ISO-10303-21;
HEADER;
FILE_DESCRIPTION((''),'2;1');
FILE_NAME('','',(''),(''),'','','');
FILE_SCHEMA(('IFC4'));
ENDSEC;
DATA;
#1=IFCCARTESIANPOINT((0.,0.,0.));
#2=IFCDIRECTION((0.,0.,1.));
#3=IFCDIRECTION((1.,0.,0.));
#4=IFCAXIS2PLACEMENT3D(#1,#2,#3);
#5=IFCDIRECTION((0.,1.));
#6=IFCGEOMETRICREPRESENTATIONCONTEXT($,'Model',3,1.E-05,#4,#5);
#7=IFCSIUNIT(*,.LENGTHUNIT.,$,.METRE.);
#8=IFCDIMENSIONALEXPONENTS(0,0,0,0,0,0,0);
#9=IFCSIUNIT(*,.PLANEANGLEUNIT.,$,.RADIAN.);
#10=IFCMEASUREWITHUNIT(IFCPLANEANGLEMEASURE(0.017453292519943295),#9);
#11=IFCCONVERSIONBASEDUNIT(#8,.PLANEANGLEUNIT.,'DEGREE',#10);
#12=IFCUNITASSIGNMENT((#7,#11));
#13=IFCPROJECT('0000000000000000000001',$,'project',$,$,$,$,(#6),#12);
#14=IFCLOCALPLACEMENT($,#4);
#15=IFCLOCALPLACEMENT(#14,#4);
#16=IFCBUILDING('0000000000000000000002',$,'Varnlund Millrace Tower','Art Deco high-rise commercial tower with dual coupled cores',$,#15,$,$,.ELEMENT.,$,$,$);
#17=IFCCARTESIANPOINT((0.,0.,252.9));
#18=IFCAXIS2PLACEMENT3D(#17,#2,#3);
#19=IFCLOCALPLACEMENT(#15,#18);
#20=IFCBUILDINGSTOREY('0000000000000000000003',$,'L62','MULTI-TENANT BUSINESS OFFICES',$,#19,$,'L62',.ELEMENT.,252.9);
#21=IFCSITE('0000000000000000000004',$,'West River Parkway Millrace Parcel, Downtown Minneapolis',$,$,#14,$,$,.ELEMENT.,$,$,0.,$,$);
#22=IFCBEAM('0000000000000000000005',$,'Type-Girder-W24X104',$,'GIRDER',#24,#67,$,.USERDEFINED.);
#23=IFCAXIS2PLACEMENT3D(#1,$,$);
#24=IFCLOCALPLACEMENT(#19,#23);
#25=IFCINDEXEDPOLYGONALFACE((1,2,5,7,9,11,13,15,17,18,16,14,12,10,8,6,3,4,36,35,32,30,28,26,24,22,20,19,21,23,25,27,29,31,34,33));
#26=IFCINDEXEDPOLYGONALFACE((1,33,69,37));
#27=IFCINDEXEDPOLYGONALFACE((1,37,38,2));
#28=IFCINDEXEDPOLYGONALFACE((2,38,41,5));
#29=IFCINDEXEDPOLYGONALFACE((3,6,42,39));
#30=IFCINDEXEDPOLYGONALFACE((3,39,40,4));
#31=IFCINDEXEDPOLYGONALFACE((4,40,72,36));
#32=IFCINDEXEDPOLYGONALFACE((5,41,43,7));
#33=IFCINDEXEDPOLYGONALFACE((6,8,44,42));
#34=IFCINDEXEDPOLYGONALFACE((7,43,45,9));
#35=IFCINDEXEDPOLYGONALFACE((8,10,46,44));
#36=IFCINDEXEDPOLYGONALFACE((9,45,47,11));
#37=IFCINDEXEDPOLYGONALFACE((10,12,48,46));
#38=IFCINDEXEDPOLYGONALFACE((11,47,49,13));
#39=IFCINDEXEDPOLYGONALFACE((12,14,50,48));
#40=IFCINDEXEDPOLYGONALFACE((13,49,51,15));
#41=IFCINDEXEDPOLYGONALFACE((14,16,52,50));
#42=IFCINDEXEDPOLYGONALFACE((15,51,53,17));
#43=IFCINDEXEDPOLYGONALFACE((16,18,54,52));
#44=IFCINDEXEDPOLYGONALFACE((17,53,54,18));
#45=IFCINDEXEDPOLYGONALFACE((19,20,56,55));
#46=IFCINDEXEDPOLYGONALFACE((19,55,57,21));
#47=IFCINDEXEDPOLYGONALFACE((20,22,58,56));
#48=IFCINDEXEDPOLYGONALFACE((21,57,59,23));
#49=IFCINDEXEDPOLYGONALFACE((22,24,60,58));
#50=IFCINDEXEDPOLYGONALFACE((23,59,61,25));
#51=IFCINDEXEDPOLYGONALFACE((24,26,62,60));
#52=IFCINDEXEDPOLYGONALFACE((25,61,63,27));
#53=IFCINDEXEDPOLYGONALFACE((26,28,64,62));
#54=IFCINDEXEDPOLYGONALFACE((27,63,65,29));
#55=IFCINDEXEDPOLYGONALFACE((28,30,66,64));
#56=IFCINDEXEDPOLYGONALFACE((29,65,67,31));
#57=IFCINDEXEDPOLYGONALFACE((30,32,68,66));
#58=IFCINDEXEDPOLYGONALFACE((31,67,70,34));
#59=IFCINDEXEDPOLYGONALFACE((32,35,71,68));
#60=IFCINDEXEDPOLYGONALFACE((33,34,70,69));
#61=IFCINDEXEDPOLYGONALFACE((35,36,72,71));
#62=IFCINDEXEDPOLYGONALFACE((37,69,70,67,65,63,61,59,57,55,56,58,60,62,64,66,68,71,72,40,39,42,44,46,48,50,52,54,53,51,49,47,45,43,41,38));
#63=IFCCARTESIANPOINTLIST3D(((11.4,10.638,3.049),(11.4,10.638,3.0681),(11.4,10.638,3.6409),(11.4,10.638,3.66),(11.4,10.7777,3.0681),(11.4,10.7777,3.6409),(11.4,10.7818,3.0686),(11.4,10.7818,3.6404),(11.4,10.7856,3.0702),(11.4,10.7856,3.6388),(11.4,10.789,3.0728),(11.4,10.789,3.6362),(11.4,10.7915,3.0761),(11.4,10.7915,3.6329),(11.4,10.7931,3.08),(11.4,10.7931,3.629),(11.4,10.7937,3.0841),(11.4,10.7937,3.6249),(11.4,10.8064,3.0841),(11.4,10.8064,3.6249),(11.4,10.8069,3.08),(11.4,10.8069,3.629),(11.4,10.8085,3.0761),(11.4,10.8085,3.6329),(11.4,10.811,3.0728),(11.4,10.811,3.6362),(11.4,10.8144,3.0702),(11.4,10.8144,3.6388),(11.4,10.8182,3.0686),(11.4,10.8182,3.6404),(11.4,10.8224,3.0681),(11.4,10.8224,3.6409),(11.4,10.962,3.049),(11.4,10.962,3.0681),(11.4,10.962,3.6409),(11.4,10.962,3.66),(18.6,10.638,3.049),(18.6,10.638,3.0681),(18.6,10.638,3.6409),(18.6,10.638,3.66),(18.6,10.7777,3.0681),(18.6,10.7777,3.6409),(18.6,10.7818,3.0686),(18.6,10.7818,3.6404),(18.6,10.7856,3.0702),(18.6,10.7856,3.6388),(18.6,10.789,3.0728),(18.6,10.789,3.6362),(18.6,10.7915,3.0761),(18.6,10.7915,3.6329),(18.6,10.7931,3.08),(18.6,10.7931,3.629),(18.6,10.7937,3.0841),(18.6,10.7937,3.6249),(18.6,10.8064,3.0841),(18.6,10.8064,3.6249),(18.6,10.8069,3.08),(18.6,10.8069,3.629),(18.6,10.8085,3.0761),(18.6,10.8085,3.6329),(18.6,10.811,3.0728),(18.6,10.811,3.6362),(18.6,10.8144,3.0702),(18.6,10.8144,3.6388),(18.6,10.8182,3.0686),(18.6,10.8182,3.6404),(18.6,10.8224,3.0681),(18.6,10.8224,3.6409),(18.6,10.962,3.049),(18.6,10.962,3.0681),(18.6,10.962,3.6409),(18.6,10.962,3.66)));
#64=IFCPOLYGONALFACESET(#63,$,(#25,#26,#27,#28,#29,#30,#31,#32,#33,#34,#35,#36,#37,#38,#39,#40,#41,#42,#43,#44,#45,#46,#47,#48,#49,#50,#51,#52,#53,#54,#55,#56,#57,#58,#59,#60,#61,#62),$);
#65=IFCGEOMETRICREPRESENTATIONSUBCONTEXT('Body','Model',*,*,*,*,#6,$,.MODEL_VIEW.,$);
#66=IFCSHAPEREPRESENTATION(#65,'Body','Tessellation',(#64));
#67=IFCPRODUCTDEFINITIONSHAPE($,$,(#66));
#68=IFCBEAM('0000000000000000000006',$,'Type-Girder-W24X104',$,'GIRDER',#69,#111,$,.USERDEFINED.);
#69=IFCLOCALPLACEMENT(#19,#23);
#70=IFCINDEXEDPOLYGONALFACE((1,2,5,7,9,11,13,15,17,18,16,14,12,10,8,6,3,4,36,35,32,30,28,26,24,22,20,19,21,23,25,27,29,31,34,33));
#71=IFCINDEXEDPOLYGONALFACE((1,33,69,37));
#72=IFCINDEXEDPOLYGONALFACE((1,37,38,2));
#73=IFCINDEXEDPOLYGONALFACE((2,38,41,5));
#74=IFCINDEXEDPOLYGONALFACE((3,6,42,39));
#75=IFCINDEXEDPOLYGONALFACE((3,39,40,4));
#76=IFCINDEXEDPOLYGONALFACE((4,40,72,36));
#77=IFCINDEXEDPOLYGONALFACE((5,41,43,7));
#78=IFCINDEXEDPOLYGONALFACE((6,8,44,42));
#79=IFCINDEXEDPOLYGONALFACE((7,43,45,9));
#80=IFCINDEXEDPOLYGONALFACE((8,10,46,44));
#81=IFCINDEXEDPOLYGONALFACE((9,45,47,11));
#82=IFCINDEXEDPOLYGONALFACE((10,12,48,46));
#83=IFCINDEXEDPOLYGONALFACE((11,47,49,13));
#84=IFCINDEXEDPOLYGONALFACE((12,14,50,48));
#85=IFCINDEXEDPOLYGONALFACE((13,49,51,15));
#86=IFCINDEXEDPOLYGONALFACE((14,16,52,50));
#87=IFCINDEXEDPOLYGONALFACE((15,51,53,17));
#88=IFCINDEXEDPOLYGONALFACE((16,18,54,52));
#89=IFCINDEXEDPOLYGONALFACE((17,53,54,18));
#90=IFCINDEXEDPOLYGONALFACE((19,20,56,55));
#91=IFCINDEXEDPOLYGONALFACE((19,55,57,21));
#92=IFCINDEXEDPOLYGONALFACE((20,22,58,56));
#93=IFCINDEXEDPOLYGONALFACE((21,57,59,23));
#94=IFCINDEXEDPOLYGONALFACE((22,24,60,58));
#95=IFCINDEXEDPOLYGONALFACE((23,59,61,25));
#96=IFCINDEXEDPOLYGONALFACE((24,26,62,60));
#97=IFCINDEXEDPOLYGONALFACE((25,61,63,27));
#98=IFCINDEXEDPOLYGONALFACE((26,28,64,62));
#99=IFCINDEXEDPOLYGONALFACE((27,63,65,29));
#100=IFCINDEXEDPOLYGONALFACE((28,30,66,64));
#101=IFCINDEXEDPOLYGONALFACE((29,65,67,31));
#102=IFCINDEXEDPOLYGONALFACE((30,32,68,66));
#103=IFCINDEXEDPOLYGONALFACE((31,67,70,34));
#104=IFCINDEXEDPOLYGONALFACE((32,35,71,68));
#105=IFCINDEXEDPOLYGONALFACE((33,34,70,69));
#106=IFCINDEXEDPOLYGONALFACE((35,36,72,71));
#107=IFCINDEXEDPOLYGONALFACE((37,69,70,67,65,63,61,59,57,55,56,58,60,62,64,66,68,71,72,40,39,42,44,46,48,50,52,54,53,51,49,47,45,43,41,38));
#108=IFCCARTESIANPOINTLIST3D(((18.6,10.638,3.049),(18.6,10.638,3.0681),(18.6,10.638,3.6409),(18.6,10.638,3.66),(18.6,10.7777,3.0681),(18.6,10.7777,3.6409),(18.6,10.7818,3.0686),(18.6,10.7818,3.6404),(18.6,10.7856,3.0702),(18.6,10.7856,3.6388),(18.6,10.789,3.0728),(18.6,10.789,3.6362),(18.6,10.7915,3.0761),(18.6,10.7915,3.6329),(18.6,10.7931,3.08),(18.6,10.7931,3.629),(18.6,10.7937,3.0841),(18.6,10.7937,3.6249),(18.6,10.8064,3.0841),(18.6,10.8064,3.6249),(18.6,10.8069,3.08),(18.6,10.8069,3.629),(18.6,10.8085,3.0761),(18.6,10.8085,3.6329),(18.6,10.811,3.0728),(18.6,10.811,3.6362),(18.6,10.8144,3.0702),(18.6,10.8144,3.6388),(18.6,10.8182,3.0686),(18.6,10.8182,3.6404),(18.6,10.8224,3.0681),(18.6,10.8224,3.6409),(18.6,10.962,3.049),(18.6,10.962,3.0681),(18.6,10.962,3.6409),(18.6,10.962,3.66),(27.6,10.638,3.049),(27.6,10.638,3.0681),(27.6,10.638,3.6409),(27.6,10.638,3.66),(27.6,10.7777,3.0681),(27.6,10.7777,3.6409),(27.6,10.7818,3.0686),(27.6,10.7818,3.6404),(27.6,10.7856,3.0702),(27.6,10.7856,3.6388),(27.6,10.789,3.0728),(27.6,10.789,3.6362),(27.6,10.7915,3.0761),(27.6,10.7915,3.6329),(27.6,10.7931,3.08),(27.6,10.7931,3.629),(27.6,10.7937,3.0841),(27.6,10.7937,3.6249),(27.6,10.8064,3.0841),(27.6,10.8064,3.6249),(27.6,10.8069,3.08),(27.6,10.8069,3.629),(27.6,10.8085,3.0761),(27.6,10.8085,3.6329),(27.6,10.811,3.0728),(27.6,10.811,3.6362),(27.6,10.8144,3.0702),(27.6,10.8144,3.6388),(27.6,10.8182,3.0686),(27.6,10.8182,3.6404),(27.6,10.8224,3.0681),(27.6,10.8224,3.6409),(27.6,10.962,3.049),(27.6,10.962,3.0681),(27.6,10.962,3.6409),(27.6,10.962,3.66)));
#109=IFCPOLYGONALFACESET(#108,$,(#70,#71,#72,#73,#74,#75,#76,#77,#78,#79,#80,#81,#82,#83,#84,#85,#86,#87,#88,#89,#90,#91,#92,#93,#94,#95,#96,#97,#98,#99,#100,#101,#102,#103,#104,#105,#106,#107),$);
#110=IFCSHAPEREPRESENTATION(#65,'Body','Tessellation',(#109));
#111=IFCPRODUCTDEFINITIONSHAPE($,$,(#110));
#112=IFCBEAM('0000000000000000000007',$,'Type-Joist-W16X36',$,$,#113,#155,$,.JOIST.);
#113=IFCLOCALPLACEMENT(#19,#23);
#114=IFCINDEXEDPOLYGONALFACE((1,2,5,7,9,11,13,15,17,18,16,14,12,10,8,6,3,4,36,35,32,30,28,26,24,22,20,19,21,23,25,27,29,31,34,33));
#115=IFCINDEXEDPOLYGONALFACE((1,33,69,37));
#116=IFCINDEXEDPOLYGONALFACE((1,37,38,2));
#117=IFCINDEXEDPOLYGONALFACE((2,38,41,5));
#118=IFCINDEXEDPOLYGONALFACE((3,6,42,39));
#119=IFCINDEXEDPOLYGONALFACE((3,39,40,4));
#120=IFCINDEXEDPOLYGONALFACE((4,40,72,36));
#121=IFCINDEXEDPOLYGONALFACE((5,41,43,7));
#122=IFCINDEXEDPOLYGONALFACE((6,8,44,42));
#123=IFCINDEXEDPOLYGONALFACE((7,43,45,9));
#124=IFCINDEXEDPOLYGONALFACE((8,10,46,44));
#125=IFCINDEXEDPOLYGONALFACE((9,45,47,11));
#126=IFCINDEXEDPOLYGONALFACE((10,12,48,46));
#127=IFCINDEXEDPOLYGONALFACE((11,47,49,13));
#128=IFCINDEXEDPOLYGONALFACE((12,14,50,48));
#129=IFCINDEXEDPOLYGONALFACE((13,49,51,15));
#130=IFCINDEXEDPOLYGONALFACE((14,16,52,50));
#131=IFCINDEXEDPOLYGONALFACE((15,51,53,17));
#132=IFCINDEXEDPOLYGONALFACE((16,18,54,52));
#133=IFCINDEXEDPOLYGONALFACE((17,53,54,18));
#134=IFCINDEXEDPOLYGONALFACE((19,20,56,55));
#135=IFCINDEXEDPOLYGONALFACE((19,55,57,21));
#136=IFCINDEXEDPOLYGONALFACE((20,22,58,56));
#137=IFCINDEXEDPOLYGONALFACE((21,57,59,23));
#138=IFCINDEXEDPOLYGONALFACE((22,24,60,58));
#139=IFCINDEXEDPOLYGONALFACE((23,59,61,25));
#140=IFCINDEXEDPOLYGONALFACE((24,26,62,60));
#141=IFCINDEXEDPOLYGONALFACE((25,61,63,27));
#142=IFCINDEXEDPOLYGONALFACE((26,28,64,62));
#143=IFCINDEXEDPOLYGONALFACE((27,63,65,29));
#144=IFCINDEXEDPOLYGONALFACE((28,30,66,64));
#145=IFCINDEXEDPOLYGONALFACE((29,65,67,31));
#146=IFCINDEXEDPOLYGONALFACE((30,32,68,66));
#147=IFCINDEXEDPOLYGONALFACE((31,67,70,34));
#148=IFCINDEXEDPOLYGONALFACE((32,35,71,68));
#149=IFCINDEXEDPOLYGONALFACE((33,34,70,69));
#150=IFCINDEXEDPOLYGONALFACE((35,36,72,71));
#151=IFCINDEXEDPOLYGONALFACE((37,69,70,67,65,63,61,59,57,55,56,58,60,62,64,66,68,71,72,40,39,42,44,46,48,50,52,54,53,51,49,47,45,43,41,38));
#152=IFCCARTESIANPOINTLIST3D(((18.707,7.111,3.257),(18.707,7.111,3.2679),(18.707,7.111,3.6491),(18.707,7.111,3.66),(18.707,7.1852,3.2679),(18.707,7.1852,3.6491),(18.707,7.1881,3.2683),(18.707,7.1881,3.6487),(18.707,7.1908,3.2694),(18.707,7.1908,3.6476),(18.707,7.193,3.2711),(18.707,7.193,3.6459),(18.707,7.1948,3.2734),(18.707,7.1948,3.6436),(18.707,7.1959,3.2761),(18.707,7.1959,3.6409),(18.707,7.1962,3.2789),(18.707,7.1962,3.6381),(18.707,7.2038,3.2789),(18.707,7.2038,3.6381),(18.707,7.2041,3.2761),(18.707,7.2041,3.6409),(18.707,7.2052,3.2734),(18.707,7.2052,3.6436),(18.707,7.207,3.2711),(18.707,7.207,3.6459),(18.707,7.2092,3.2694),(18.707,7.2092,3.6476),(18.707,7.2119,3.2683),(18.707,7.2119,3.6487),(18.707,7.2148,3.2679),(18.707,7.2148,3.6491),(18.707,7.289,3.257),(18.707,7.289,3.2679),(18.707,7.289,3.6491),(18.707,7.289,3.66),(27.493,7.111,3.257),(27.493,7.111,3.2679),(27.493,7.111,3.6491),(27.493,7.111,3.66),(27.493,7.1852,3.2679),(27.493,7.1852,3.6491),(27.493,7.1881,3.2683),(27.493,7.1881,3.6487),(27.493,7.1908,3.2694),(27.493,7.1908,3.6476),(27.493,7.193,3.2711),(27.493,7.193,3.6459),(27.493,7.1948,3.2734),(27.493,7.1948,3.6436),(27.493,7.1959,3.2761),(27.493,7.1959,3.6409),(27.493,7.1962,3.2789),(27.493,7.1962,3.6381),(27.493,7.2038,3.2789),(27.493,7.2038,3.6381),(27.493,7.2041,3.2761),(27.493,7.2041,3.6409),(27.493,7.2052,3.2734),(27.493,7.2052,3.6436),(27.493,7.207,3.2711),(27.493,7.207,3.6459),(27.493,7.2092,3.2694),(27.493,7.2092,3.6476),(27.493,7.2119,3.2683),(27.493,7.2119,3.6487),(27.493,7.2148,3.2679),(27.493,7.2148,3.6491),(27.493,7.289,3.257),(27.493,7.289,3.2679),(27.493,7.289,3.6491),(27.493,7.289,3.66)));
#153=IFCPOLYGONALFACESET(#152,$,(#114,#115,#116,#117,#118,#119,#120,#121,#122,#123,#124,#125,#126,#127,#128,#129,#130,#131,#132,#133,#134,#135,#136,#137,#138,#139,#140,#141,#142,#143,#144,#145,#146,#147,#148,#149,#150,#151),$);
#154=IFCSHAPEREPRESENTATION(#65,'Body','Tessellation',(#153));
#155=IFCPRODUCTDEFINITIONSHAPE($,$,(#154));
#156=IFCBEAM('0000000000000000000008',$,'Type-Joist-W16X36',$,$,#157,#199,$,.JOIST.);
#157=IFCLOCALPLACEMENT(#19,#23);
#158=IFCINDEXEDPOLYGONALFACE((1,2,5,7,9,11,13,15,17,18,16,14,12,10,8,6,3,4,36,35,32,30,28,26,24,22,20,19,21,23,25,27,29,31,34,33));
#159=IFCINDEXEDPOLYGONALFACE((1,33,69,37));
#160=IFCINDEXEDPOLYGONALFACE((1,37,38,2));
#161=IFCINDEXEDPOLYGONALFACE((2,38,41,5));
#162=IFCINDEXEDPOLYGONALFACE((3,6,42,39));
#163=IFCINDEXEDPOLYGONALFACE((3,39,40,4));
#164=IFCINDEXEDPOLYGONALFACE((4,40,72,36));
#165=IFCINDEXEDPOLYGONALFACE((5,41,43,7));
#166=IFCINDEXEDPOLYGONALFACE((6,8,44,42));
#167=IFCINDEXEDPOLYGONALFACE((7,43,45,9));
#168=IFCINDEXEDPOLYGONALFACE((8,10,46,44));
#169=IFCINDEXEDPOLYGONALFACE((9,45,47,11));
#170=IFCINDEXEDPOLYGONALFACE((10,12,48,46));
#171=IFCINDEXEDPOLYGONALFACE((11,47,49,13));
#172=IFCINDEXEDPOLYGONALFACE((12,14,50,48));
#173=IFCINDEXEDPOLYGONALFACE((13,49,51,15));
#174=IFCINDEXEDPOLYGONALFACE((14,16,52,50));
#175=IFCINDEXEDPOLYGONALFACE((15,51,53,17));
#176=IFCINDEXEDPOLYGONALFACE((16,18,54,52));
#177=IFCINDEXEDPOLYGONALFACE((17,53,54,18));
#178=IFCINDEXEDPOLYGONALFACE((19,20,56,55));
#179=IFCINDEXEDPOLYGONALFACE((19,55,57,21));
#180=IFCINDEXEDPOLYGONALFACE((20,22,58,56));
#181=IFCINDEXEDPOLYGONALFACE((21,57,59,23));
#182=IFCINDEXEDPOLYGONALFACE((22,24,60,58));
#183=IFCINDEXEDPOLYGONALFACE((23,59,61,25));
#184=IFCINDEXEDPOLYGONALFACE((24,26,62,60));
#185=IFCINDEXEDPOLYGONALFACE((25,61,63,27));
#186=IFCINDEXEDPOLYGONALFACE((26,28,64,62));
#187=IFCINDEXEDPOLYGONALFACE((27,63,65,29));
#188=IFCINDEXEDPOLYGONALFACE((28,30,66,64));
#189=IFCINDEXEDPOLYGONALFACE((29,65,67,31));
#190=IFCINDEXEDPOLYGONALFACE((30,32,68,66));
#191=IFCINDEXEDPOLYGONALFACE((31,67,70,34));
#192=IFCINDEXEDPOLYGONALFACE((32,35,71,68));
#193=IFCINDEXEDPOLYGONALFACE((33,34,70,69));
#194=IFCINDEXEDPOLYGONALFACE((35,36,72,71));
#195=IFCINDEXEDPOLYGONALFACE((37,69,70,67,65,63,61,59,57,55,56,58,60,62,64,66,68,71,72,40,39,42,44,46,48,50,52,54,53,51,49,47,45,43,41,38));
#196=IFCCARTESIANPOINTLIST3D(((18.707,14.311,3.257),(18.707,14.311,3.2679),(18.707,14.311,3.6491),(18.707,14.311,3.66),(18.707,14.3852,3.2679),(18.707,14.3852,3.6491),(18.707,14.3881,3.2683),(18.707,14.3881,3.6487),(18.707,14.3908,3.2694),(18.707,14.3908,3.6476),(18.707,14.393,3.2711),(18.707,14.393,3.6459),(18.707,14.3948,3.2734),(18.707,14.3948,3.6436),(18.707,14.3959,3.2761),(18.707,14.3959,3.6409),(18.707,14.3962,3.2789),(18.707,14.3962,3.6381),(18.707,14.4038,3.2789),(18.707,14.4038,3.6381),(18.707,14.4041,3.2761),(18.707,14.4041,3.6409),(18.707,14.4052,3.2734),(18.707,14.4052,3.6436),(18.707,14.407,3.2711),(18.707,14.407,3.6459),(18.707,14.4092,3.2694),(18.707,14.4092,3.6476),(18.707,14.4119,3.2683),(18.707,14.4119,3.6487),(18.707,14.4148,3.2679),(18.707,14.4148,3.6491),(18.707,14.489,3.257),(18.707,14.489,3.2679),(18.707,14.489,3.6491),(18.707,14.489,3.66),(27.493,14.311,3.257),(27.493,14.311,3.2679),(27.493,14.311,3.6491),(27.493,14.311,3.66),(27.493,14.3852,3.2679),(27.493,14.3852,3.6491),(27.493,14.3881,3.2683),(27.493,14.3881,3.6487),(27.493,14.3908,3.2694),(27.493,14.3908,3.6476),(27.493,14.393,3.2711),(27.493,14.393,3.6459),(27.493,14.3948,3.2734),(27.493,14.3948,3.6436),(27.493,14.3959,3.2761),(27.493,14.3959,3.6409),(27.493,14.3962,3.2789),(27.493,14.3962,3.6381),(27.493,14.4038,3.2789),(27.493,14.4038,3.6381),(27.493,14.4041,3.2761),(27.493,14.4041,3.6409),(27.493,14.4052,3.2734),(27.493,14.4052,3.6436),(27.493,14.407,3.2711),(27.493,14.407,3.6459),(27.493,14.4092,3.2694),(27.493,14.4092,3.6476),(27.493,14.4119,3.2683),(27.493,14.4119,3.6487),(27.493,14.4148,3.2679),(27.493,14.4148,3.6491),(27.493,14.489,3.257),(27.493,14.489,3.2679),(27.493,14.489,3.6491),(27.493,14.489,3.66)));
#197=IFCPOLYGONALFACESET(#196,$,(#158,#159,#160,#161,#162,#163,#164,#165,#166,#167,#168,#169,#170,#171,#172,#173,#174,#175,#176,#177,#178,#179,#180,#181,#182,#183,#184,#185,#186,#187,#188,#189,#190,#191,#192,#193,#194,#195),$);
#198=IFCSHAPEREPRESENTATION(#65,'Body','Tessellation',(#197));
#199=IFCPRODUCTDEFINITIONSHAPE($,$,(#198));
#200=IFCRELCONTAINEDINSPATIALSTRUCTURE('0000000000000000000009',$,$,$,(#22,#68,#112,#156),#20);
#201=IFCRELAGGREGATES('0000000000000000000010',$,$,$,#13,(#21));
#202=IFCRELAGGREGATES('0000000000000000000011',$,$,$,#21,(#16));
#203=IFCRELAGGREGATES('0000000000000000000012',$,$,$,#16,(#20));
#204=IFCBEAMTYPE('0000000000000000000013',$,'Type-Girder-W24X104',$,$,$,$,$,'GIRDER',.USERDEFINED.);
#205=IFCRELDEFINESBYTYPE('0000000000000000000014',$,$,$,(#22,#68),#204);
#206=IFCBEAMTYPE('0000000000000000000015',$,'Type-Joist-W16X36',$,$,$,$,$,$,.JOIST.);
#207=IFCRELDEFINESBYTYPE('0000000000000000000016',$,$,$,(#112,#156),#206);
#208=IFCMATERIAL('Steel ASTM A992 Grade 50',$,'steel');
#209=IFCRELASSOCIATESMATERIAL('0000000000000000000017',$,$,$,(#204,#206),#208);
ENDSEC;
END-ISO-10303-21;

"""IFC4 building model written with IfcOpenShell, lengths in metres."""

from ifc_helpers import new_model, entity, si_unit, converted_unit, direction, frame, origin_with_axes, origin_2d_with_axis, place, context, subcontext, project, spatial, i_section, extrude, material, material_profile, profile_set, type_object, element, save


model = new_model("IFC4")

# Units and contexts
model_context = context("Model", 3, precision=1e-05, world=origin_with_axes(), true_north=direction((0.0, 1.0)))
body_context = subcontext(model_context, "Body", "Model", "MODEL_VIEW")
ifc_project = project(units=[si_unit("LENGTHUNIT", "METRE"), converted_unit("PLANEANGLEUNIT", "DEGREE", entity("IfcPlaneAngleMeasure", 0.017453292519943295), si_unit("PLANEANGLEUNIT", "RADIAN"), dimensions=[0, 0, 0, 0, 0, 0, 0])], contexts=[model_context])

# Site, building, storey
site_placement = place(None, origin_with_axes())
site = spatial("IfcSite", under=ifc_project, at=site_placement, Name="West River Parkway Millrace Parcel, Downtown Minneapolis", CompositionType="ELEMENT", RefElevation=0.0)
building_placement = place(site_placement, origin_with_axes())
building = spatial("IfcBuilding", under=site, at=building_placement, Name="Varnlund Millrace Tower", Description="Art Deco high-rise commercial tower with dual coupled cores", CompositionType="ELEMENT")
storey_placement = place(building_placement, frame((0.0, 0.0, 252.9), z_axis=(0.0, 0.0, 1.0), x_axis=(1.0, 0.0, 0.0)))
storey = spatial("IfcBuildingStorey", under=building, at=storey_placement, Name="L62", Description="MULTI-TENANT BUSINESS OFFICES", LongName="L62", CompositionType="ELEMENT", Elevation=252.9)

# Beams
ifc_material_1 = material(Name="Steel ASTM A992 Grade 50", Category="steel")
ifc_material_profile_1 = material_profile(ifc_material_1, i_section(OverallWidth=0.324, OverallDepth=0.611, WebThickness=0.0127, FlangeThickness=0.0191, FilletRadius=0.016, at=origin_2d_with_axis()), Name="Steel ASTM A992 Grade 50")
ifc_profile_set_1 = profile_set([ifc_material_profile_1], Name="Steel ASTM A992 Grade 50")
beam_type_1 = type_object("IfcBeamType", Name="Type-Girder-W24X104", ElementType="GIRDER", PredefinedType="USERDEFINED", material=ifc_profile_set_1)
beam_1_placement = place(storey_placement, frame((11.4, 10.8, 3.3545), z_axis=(1.0, 0.0, 0.0), x_axis=(0.0, 1.0, 0.0)))
element("IfcBeam", 1, at=beam_1_placement, inside=storey, type_object=beam_type_1, Name="Type-Girder-W24X104", ObjectType="GIRDER", PredefinedType="USERDEFINED", context=body_context, shape_type="SweptSolid", body=[
    extrude(i_section(OverallWidth=0.324, OverallDepth=0.611, WebThickness=0.0127, FlangeThickness=0.0191, FilletRadius=0.016, at=origin_2d_with_axis()), origin_with_axes(), (0.0, 0.0, 1.0), 7.2),
])
beam_2_placement = place(storey_placement, frame((18.6, 10.8, 3.3545), z_axis=(1.0, 0.0, 0.0), x_axis=(0.0, 1.0, 0.0)))
element("IfcBeam", 2, at=beam_2_placement, inside=storey, type_object=beam_type_1, Name="Type-Girder-W24X104", ObjectType="GIRDER", PredefinedType="USERDEFINED", context=body_context, shape_type="SweptSolid", body=[
    extrude(i_section(OverallWidth=0.324, OverallDepth=0.611, WebThickness=0.0127, FlangeThickness=0.0191, FilletRadius=0.016, at=origin_2d_with_axis()), origin_with_axes(), (0.0, 0.0, 1.0), 9.0),
])
ifc_material_profile_2 = material_profile(ifc_material_1, i_section(OverallWidth=0.178, OverallDepth=0.403, WebThickness=0.0075, FlangeThickness=0.0109, FilletRadius=0.011, at=origin_2d_with_axis()), Name="Steel ASTM A992 Grade 50")
ifc_profile_set_2 = profile_set([ifc_material_profile_2], Name="Steel ASTM A992 Grade 50")
beam_type_2 = type_object("IfcBeamType", Name="Type-Joist-W16X36", PredefinedType="JOIST", material=ifc_profile_set_2)
for number, where, z_axis, x_axis, name in (
    (3, (18.707, 7.2, 3.4585), (1.0, 0.0, 0.0), (0.0, 1.0, 0.0), "Type-Joist-W16X36"),
    (4, (18.707, 14.4, 3.4585), (1.0, 0.0, 0.0), (0.0, 1.0, 0.0), "Type-Joist-W16X36"),
):
    element("IfcBeam", number, at=place(storey_placement, frame(where, z_axis=z_axis, x_axis=x_axis)), inside=storey, type_object=beam_type_2, Name=name, PredefinedType="JOIST", context=body_context, shape_type="SweptSolid", body=[
        extrude(i_section(OverallWidth=0.178, OverallDepth=0.403, WebThickness=0.0075, FlangeThickness=0.0109, FilletRadius=0.011, at=origin_2d_with_axis()), origin_with_axes(), (0.0, 0.0, 1.0), 8.786),
    ])

save(model, "model.ifc")
